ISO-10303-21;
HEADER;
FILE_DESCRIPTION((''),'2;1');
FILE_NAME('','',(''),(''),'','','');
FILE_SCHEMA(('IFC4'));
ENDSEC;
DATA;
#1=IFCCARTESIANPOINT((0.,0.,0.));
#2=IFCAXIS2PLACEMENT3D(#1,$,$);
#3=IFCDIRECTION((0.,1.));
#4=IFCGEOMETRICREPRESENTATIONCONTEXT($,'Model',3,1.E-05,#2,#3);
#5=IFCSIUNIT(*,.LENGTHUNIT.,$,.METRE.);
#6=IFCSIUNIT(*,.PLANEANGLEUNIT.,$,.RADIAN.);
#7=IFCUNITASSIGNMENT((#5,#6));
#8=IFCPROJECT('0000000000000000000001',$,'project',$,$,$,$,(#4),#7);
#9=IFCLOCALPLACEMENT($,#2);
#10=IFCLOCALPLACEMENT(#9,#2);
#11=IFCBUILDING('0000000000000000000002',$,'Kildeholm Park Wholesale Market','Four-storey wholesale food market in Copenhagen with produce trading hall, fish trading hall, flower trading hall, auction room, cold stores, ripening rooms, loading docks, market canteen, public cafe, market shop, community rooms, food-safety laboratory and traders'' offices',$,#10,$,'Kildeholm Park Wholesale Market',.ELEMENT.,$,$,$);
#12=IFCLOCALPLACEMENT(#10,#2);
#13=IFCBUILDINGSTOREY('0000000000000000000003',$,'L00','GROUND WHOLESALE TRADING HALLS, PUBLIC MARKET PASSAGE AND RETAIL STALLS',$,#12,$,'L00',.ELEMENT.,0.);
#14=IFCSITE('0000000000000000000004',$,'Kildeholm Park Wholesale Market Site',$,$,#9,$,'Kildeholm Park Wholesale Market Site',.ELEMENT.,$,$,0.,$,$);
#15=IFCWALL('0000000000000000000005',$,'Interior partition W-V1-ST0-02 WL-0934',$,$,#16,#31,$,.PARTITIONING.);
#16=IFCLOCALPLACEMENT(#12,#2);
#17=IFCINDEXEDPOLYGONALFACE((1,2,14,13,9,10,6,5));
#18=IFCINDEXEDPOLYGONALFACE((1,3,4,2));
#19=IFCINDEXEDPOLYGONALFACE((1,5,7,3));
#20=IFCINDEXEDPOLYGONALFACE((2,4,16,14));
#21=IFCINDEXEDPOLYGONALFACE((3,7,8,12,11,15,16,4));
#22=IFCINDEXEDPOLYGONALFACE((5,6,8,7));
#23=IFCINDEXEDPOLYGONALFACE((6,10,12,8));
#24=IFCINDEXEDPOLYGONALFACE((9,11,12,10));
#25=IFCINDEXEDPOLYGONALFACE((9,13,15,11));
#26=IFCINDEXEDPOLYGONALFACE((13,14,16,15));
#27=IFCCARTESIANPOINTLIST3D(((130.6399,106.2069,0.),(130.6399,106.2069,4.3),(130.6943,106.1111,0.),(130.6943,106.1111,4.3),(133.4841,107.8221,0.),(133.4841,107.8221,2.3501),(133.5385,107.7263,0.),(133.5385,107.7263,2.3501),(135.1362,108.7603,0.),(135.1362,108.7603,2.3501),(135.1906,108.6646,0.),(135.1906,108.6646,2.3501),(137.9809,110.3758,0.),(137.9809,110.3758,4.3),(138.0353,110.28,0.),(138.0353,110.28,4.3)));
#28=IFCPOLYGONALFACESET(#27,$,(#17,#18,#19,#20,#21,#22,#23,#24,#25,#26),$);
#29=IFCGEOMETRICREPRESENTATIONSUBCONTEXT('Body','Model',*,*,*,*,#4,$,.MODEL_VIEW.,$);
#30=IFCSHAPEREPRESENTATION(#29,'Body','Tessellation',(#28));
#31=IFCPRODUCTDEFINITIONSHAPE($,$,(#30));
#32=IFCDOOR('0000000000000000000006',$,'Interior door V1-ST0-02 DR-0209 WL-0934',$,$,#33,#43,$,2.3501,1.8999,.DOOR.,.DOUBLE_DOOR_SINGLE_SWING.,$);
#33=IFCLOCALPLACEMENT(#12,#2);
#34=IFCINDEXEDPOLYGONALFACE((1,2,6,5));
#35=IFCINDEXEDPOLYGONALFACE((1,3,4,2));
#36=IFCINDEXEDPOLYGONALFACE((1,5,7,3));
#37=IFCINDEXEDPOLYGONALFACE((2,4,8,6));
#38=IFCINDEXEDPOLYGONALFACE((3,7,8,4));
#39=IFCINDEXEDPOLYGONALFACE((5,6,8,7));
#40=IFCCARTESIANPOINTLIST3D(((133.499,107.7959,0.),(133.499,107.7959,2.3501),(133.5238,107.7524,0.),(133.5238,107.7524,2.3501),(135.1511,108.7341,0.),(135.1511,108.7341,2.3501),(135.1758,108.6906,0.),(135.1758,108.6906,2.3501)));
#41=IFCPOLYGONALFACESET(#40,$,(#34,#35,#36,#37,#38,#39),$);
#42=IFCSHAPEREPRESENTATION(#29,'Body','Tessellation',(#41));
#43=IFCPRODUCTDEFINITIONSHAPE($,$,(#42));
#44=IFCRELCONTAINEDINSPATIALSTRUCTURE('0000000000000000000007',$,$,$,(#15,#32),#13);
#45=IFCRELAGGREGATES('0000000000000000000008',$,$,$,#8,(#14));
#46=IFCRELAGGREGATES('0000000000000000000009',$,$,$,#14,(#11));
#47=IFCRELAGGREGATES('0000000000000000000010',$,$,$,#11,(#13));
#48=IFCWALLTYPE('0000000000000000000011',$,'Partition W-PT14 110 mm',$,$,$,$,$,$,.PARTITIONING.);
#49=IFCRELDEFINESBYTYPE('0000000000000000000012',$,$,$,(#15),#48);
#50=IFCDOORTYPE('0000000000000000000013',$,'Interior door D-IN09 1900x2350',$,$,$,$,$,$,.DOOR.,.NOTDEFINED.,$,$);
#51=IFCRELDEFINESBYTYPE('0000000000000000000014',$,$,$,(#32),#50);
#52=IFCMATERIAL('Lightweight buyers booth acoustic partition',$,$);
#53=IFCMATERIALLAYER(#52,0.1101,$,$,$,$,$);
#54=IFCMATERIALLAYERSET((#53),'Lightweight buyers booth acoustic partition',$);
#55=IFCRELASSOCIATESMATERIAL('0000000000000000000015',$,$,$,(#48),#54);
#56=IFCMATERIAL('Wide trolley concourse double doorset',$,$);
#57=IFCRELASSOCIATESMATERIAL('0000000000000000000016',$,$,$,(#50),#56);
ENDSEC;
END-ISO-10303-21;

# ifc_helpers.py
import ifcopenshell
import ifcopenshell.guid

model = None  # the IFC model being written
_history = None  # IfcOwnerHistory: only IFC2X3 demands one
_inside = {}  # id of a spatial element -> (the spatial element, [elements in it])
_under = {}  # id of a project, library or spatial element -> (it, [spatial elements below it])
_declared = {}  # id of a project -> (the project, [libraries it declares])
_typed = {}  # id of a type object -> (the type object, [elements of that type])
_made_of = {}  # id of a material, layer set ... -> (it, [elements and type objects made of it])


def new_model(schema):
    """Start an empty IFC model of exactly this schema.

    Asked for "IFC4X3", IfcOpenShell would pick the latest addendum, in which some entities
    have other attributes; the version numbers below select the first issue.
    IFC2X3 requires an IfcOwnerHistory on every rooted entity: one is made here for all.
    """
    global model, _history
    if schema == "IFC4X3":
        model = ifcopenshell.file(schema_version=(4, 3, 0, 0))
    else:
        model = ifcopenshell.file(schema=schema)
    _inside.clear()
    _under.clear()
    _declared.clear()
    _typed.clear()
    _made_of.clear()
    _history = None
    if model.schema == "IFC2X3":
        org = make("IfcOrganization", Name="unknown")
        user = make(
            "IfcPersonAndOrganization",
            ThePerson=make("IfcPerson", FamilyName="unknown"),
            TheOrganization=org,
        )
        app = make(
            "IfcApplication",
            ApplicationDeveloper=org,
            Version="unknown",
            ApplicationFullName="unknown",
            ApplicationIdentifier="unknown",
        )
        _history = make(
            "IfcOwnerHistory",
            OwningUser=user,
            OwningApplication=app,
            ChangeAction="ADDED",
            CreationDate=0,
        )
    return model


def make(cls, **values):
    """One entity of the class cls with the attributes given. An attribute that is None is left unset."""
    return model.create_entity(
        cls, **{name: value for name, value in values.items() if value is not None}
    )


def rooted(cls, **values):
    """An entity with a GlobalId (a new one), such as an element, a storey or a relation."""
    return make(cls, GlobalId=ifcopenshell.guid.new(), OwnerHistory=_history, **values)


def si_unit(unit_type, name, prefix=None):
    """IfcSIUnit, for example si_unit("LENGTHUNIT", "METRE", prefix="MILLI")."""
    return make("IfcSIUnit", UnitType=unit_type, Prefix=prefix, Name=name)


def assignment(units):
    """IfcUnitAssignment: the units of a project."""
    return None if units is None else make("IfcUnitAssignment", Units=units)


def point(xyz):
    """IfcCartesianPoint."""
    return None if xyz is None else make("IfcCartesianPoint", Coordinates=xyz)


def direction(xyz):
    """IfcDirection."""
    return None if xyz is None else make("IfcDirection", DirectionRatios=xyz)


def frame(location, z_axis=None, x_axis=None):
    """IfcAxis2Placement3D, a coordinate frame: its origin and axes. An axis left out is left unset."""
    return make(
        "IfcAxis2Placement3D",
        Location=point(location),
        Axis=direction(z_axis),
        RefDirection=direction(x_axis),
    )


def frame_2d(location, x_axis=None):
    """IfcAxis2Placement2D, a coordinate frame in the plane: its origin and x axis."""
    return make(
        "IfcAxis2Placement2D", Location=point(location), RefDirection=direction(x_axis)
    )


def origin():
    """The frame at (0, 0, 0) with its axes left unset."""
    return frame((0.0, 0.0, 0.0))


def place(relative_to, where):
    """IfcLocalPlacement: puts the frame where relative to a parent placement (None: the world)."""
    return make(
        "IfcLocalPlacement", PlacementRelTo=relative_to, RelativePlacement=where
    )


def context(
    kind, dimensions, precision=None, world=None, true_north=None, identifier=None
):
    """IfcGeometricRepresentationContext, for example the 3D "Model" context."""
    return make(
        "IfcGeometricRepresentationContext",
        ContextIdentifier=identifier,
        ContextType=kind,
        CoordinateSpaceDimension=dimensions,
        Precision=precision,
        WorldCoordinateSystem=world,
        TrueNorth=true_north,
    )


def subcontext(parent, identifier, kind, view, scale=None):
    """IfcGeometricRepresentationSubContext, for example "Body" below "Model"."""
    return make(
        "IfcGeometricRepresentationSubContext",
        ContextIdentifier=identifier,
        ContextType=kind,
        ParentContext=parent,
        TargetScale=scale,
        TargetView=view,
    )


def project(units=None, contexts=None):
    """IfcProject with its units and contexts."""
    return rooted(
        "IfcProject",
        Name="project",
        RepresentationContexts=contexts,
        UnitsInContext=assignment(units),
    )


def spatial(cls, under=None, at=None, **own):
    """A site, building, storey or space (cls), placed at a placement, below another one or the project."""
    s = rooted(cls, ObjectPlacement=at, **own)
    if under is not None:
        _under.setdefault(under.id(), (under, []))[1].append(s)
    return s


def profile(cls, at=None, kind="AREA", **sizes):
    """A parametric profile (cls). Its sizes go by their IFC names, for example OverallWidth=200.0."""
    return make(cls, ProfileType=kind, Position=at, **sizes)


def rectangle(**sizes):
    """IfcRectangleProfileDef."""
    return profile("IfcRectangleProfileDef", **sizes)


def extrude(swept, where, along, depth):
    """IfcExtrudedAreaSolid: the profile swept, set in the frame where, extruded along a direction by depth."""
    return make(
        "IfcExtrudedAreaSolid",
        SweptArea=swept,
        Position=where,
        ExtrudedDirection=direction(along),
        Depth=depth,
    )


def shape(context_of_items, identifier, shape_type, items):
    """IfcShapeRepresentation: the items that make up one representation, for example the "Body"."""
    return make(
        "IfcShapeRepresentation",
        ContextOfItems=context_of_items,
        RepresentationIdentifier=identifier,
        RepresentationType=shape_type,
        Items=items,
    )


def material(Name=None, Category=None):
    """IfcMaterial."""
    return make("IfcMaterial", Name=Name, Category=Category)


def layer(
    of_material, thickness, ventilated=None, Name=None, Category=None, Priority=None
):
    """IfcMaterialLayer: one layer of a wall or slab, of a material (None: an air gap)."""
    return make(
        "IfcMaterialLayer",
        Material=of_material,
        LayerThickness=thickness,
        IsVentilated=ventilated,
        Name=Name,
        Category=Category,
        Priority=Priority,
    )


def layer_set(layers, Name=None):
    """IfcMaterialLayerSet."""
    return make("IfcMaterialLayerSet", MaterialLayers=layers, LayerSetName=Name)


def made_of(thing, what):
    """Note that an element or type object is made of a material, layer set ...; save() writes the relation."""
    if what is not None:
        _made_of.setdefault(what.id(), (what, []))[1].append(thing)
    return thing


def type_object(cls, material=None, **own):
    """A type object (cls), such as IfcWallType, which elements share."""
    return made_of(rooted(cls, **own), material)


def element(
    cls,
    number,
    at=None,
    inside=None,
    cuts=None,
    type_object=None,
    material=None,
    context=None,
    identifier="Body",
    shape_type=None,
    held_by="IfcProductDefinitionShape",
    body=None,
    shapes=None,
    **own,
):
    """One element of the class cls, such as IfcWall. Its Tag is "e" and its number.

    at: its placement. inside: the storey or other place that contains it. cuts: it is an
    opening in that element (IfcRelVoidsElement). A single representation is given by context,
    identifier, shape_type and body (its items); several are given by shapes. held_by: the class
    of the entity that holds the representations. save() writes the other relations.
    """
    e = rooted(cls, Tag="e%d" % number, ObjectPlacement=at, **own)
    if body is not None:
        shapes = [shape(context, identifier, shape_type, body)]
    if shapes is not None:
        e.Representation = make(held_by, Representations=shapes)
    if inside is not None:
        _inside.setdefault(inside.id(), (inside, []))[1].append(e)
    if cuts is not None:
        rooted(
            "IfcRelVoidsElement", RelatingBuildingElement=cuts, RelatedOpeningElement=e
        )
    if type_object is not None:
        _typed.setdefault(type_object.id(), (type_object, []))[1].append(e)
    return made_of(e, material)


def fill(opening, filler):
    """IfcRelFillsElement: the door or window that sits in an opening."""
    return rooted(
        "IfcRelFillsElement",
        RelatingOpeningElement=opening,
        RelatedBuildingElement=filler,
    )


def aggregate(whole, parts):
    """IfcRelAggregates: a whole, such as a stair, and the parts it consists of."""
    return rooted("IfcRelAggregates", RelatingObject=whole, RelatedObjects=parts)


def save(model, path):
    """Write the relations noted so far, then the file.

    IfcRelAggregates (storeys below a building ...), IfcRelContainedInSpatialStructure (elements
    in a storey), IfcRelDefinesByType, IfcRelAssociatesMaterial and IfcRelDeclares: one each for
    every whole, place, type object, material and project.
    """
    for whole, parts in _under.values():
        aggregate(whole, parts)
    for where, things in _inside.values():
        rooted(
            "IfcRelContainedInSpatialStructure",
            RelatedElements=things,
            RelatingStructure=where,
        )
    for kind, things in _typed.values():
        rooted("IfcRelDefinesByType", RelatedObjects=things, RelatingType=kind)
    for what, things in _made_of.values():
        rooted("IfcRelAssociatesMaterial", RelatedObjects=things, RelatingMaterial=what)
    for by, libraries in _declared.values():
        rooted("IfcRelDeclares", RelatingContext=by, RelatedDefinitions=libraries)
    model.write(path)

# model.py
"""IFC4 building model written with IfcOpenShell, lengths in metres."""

from ifc_helpers import new_model, si_unit, direction, frame, frame_2d, origin, place, context, subcontext, project, spatial, rectangle, extrude, material, layer, layer_set, type_object, element, fill, save


model = new_model("IFC4")

# Units and contexts
model_context = context("Model", 3, precision=1e-05, world=origin(), true_north=direction((0.0, 1.0)))
body_context = subcontext(model_context, "Body", "Model", "MODEL_VIEW")
ifc_project = project(units=[si_unit("LENGTHUNIT", "METRE"), si_unit("PLANEANGLEUNIT", "RADIAN")], contexts=[model_context])

# Site, building, storey
site_placement = place(None, origin())
site = spatial("IfcSite", under=ifc_project, at=site_placement, Name="Kildeholm Park Wholesale Market Site", LongName="Kildeholm Park Wholesale Market Site", CompositionType="ELEMENT", RefElevation=0.0)
building_placement = place(site_placement, origin())
building = spatial("IfcBuilding", under=site, at=building_placement, Name="Kildeholm Park Wholesale Market", Description="Four-storey wholesale food market in Copenhagen with produce trading hall, fish trading hall, flower trading hall, auction room, cold stores, ripening rooms, loading docks, market canteen, public cafe, market shop, community rooms, food-safety laboratory and traders' offices", LongName="Kildeholm Park Wholesale Market", CompositionType="ELEMENT")
storey_placement = place(building_placement, origin())
storey = spatial("IfcBuildingStorey", under=building, at=storey_placement, Name="L00", Description="GROUND WHOLESALE TRADING HALLS, PUBLIC MARKET PASSAGE AND RETAIL STALLS", LongName="L00", CompositionType="ELEMENT", Elevation=0.0)

# Wall, opening, door
ifc_material_1 = material(Name="Lightweight buyers booth acoustic partition")
ifc_layer_1 = layer(ifc_material_1, 0.1101)
ifc_layer_set_1 = layer_set([ifc_layer_1], Name="Lightweight buyers booth acoustic partition")
wall_type = type_object("IfcWallType", Name="Partition W-PT14 110 mm", PredefinedType="PARTITIONING", material=ifc_layer_set_1)
wall_placement = place(storey_placement, frame((130.667, 106.1589, 0.0), z_axis=(0.0, 0.0, 1.0), x_axis=(0.869564, 0.49382, 0.0)))
wall = element("IfcWall", 1, at=wall_placement, inside=storey, type_object=wall_type, Name="Interior partition W-V1-ST0-02 WL-0934", PredefinedType="PARTITIONING", context=body_context, shape_type="SweptSolid", body=[
    extrude(rectangle(XDim=8.4421, YDim=0.1101, at=frame_2d((4.2212, 0.0))), origin(), (0.0, 0.0, 1.0), 4.3),
])
opening_placement = place(wall_placement, frame((3.271, 0.0, 0.0)))
opening = element("IfcOpeningElement", 2, at=opening_placement, cuts=wall, PredefinedType="OPENING", context=body_context, shape_type="SweptSolid", body=[
    extrude(rectangle(XDim=1.8999, YDim=2.3501, at=frame_2d((0.95, 1.175))), frame((0.0, 0.0649, 0.0), z_axis=(0.0, -1.0, 0.0), x_axis=(1.0, 0.0, 0.0)), (0.0, 0.0, 1.0), 0.1301),
])
ifc_material_2 = material(Name="Wide trolley concourse double doorset")
door_type = type_object("IfcDoorType", Name="Interior door D-IN09 1900x2350", OperationType="NOTDEFINED", PredefinedType="DOOR", material=ifc_material_2)
door_placement = place(opening_placement, origin())
door = element("IfcDoor", 3, at=door_placement, inside=storey, type_object=door_type, Name="Interior door V1-ST0-02 DR-0209 WL-0934", OperationType="DOUBLE_DOOR_SINGLE_SWING", OverallHeight=2.3501, OverallWidth=1.8999, PredefinedType="DOOR", context=body_context, shape_type="SweptSolid", body=[
    extrude(rectangle(XDim=1.8999, YDim=2.3501, at=frame_2d((0.95, 1.175))), frame((0.0, 0.0249, 0.0), z_axis=(0.0, -1.0, 0.0), x_axis=(1.0, 0.0, 0.0)), (0.0, 0.0, 1.0), 0.05),
])
fill(opening, door)

save(model, "model.ifc")
